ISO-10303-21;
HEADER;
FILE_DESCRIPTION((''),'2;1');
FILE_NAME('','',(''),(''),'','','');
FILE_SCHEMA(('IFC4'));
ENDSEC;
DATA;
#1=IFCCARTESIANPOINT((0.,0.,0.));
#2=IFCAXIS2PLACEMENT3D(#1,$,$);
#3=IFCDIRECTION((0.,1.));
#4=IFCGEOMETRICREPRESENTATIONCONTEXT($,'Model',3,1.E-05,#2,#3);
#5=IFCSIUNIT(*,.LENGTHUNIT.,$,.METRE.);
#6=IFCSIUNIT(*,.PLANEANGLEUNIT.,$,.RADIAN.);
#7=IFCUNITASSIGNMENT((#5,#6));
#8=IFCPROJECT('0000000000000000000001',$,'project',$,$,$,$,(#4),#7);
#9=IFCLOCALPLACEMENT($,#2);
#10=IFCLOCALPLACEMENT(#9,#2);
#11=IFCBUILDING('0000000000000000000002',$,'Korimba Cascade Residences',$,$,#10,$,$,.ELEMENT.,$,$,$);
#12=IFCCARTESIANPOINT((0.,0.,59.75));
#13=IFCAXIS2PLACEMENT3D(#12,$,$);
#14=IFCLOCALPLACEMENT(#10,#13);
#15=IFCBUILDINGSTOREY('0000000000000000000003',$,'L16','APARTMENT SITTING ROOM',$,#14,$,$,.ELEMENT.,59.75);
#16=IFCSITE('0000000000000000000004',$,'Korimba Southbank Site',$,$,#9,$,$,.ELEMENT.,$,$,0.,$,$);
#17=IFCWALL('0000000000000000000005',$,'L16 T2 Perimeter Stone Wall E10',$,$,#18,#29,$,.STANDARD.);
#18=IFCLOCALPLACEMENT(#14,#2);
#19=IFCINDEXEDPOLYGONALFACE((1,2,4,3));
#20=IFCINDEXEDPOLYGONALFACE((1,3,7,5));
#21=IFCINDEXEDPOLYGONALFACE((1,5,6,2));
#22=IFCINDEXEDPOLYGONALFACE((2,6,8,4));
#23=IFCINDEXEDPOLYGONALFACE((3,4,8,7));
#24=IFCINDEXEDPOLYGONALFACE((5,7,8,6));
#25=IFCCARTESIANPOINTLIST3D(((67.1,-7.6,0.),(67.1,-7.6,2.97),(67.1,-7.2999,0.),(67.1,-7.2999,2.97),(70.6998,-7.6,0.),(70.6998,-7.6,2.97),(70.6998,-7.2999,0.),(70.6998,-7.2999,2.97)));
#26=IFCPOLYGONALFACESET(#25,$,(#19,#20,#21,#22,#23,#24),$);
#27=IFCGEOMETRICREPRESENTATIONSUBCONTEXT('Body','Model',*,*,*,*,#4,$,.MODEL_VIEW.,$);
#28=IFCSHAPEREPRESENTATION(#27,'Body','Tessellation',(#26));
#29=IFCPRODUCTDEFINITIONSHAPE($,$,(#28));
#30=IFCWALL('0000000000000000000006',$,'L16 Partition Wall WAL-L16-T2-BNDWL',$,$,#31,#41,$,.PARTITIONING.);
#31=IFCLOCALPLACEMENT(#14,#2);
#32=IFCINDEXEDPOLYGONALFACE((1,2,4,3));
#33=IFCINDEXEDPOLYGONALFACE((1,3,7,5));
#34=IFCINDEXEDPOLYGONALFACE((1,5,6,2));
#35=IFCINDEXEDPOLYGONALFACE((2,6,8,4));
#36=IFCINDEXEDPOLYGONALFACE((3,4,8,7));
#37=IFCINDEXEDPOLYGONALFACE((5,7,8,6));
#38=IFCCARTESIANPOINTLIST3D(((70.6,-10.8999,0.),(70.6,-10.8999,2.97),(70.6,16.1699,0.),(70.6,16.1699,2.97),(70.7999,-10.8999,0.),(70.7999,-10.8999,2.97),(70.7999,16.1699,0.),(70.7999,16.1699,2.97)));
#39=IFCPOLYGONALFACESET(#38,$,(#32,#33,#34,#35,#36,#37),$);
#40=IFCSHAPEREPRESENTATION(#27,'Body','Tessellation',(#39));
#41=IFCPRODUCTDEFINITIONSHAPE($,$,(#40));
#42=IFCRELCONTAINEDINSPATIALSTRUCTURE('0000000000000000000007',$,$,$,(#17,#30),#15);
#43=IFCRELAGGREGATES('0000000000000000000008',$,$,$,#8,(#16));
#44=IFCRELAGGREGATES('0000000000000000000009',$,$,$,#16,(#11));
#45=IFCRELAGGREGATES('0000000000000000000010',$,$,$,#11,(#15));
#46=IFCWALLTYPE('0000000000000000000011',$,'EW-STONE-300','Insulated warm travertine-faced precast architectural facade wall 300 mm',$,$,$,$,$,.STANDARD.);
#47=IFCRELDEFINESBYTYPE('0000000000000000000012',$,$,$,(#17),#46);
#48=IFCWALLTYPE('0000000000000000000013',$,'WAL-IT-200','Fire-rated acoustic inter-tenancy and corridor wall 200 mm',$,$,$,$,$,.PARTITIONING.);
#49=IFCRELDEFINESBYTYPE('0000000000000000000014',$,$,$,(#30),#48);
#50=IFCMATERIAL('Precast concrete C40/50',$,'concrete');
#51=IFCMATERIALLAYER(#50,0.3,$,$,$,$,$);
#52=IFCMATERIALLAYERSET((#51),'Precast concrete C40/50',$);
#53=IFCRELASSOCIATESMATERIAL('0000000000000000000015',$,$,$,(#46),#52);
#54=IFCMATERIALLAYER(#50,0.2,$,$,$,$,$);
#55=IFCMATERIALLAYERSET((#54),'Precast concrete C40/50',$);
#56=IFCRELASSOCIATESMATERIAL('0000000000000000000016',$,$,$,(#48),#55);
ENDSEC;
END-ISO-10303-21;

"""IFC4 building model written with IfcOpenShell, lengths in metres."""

from ifc_helpers import new_model, si_unit, direction, frame, frame_2d, origin, place, context, subcontext, project, spatial, rectangle, extrude, material, layer, layer_set, type_object, element, save


model = new_model("IFC4")

# Units and contexts
model_context = context("Model", 3, precision=1e-05, world=origin(), true_north=direction((0.0, 1.0)))
body_context = subcontext(model_context, "Body", "Model", "MODEL_VIEW")
ifc_project = project(units=[si_unit("LENGTHUNIT", "METRE"), si_unit("PLANEANGLEUNIT", "RADIAN")], contexts=[model_context])

# Site, building, storey
site_placement = place(None, origin())
site = spatial("IfcSite", under=ifc_project, at=site_placement, Name="Korimba Southbank Site", CompositionType="ELEMENT", RefElevation=0.0)
building_placement = place(site_placement, origin())
building = spatial("IfcBuilding", under=site, at=building_placement, Name="Korimba Cascade Residences", CompositionType="ELEMENT")
storey_placement = place(building_placement, frame((0.0, 0.0, 59.75)))
storey = spatial("IfcBuildingStorey", under=building, at=storey_placement, Name="L16", Description="APARTMENT SITTING ROOM", CompositionType="ELEMENT", Elevation=59.75)

# Shared definitions
ifc_material_1 = material(Name="Precast concrete C40/50", Category="concrete")

# Walls
ifc_layer_1 = layer(ifc_material_1, 0.3)
ifc_layer_set_1 = layer_set([ifc_layer_1], Name="Precast concrete C40/50")
wall_type_1 = type_object("IfcWallType", Name="EW-STONE-300", Description="Insulated warm travertine-faced precast architectural facade wall 300 mm", PredefinedType="STANDARD", material=ifc_layer_set_1)
wall_1_placement = place(storey_placement, frame((67.1001, -7.45, 0.0), z_axis=(0.0, 0.0, 1.0), x_axis=(1.0, 0.0, 0.0)))
element("IfcWall", 1, at=wall_1_placement, inside=storey, type_object=wall_type_1, Name="L16 T2 Perimeter Stone Wall E10", PredefinedType="STANDARD", context=body_context, shape_type="SweptSolid", body=[
    extrude(rectangle(XDim=3.5999, YDim=0.3, at=frame_2d((1.7998, 0.0))), origin(), (0.0, 0.0, 1.0), 2.97),
])
ifc_layer_2 = layer(ifc_material_1, 0.2)
ifc_layer_set_2 = layer_set([ifc_layer_2], Name="Precast concrete C40/50")
wall_type_2 = type_object("IfcWallType", Name="WAL-IT-200", Description="Fire-rated acoustic inter-tenancy and corridor wall 200 mm", PredefinedType="PARTITIONING", material=ifc_layer_set_2)
wall_2_placement = place(storey_placement, frame((70.7, -10.8999, 0.0), z_axis=(0.0, 0.0, 1.0), x_axis=(0.0, 1.0, 0.0)))
element("IfcWall", 2, at=wall_2_placement, inside=storey, type_object=wall_type_2, Name="L16 Partition Wall WAL-L16-T2-BNDWL", PredefinedType="PARTITIONING", context=body_context, shape_type="SweptSolid", body=[
    extrude(rectangle(XDim=27.0698, YDim=0.2, at=frame_2d((13.5349, 0.0))), origin(), (0.0, 0.0, 1.0), 2.97),
])

save(model, "model.ifc")
